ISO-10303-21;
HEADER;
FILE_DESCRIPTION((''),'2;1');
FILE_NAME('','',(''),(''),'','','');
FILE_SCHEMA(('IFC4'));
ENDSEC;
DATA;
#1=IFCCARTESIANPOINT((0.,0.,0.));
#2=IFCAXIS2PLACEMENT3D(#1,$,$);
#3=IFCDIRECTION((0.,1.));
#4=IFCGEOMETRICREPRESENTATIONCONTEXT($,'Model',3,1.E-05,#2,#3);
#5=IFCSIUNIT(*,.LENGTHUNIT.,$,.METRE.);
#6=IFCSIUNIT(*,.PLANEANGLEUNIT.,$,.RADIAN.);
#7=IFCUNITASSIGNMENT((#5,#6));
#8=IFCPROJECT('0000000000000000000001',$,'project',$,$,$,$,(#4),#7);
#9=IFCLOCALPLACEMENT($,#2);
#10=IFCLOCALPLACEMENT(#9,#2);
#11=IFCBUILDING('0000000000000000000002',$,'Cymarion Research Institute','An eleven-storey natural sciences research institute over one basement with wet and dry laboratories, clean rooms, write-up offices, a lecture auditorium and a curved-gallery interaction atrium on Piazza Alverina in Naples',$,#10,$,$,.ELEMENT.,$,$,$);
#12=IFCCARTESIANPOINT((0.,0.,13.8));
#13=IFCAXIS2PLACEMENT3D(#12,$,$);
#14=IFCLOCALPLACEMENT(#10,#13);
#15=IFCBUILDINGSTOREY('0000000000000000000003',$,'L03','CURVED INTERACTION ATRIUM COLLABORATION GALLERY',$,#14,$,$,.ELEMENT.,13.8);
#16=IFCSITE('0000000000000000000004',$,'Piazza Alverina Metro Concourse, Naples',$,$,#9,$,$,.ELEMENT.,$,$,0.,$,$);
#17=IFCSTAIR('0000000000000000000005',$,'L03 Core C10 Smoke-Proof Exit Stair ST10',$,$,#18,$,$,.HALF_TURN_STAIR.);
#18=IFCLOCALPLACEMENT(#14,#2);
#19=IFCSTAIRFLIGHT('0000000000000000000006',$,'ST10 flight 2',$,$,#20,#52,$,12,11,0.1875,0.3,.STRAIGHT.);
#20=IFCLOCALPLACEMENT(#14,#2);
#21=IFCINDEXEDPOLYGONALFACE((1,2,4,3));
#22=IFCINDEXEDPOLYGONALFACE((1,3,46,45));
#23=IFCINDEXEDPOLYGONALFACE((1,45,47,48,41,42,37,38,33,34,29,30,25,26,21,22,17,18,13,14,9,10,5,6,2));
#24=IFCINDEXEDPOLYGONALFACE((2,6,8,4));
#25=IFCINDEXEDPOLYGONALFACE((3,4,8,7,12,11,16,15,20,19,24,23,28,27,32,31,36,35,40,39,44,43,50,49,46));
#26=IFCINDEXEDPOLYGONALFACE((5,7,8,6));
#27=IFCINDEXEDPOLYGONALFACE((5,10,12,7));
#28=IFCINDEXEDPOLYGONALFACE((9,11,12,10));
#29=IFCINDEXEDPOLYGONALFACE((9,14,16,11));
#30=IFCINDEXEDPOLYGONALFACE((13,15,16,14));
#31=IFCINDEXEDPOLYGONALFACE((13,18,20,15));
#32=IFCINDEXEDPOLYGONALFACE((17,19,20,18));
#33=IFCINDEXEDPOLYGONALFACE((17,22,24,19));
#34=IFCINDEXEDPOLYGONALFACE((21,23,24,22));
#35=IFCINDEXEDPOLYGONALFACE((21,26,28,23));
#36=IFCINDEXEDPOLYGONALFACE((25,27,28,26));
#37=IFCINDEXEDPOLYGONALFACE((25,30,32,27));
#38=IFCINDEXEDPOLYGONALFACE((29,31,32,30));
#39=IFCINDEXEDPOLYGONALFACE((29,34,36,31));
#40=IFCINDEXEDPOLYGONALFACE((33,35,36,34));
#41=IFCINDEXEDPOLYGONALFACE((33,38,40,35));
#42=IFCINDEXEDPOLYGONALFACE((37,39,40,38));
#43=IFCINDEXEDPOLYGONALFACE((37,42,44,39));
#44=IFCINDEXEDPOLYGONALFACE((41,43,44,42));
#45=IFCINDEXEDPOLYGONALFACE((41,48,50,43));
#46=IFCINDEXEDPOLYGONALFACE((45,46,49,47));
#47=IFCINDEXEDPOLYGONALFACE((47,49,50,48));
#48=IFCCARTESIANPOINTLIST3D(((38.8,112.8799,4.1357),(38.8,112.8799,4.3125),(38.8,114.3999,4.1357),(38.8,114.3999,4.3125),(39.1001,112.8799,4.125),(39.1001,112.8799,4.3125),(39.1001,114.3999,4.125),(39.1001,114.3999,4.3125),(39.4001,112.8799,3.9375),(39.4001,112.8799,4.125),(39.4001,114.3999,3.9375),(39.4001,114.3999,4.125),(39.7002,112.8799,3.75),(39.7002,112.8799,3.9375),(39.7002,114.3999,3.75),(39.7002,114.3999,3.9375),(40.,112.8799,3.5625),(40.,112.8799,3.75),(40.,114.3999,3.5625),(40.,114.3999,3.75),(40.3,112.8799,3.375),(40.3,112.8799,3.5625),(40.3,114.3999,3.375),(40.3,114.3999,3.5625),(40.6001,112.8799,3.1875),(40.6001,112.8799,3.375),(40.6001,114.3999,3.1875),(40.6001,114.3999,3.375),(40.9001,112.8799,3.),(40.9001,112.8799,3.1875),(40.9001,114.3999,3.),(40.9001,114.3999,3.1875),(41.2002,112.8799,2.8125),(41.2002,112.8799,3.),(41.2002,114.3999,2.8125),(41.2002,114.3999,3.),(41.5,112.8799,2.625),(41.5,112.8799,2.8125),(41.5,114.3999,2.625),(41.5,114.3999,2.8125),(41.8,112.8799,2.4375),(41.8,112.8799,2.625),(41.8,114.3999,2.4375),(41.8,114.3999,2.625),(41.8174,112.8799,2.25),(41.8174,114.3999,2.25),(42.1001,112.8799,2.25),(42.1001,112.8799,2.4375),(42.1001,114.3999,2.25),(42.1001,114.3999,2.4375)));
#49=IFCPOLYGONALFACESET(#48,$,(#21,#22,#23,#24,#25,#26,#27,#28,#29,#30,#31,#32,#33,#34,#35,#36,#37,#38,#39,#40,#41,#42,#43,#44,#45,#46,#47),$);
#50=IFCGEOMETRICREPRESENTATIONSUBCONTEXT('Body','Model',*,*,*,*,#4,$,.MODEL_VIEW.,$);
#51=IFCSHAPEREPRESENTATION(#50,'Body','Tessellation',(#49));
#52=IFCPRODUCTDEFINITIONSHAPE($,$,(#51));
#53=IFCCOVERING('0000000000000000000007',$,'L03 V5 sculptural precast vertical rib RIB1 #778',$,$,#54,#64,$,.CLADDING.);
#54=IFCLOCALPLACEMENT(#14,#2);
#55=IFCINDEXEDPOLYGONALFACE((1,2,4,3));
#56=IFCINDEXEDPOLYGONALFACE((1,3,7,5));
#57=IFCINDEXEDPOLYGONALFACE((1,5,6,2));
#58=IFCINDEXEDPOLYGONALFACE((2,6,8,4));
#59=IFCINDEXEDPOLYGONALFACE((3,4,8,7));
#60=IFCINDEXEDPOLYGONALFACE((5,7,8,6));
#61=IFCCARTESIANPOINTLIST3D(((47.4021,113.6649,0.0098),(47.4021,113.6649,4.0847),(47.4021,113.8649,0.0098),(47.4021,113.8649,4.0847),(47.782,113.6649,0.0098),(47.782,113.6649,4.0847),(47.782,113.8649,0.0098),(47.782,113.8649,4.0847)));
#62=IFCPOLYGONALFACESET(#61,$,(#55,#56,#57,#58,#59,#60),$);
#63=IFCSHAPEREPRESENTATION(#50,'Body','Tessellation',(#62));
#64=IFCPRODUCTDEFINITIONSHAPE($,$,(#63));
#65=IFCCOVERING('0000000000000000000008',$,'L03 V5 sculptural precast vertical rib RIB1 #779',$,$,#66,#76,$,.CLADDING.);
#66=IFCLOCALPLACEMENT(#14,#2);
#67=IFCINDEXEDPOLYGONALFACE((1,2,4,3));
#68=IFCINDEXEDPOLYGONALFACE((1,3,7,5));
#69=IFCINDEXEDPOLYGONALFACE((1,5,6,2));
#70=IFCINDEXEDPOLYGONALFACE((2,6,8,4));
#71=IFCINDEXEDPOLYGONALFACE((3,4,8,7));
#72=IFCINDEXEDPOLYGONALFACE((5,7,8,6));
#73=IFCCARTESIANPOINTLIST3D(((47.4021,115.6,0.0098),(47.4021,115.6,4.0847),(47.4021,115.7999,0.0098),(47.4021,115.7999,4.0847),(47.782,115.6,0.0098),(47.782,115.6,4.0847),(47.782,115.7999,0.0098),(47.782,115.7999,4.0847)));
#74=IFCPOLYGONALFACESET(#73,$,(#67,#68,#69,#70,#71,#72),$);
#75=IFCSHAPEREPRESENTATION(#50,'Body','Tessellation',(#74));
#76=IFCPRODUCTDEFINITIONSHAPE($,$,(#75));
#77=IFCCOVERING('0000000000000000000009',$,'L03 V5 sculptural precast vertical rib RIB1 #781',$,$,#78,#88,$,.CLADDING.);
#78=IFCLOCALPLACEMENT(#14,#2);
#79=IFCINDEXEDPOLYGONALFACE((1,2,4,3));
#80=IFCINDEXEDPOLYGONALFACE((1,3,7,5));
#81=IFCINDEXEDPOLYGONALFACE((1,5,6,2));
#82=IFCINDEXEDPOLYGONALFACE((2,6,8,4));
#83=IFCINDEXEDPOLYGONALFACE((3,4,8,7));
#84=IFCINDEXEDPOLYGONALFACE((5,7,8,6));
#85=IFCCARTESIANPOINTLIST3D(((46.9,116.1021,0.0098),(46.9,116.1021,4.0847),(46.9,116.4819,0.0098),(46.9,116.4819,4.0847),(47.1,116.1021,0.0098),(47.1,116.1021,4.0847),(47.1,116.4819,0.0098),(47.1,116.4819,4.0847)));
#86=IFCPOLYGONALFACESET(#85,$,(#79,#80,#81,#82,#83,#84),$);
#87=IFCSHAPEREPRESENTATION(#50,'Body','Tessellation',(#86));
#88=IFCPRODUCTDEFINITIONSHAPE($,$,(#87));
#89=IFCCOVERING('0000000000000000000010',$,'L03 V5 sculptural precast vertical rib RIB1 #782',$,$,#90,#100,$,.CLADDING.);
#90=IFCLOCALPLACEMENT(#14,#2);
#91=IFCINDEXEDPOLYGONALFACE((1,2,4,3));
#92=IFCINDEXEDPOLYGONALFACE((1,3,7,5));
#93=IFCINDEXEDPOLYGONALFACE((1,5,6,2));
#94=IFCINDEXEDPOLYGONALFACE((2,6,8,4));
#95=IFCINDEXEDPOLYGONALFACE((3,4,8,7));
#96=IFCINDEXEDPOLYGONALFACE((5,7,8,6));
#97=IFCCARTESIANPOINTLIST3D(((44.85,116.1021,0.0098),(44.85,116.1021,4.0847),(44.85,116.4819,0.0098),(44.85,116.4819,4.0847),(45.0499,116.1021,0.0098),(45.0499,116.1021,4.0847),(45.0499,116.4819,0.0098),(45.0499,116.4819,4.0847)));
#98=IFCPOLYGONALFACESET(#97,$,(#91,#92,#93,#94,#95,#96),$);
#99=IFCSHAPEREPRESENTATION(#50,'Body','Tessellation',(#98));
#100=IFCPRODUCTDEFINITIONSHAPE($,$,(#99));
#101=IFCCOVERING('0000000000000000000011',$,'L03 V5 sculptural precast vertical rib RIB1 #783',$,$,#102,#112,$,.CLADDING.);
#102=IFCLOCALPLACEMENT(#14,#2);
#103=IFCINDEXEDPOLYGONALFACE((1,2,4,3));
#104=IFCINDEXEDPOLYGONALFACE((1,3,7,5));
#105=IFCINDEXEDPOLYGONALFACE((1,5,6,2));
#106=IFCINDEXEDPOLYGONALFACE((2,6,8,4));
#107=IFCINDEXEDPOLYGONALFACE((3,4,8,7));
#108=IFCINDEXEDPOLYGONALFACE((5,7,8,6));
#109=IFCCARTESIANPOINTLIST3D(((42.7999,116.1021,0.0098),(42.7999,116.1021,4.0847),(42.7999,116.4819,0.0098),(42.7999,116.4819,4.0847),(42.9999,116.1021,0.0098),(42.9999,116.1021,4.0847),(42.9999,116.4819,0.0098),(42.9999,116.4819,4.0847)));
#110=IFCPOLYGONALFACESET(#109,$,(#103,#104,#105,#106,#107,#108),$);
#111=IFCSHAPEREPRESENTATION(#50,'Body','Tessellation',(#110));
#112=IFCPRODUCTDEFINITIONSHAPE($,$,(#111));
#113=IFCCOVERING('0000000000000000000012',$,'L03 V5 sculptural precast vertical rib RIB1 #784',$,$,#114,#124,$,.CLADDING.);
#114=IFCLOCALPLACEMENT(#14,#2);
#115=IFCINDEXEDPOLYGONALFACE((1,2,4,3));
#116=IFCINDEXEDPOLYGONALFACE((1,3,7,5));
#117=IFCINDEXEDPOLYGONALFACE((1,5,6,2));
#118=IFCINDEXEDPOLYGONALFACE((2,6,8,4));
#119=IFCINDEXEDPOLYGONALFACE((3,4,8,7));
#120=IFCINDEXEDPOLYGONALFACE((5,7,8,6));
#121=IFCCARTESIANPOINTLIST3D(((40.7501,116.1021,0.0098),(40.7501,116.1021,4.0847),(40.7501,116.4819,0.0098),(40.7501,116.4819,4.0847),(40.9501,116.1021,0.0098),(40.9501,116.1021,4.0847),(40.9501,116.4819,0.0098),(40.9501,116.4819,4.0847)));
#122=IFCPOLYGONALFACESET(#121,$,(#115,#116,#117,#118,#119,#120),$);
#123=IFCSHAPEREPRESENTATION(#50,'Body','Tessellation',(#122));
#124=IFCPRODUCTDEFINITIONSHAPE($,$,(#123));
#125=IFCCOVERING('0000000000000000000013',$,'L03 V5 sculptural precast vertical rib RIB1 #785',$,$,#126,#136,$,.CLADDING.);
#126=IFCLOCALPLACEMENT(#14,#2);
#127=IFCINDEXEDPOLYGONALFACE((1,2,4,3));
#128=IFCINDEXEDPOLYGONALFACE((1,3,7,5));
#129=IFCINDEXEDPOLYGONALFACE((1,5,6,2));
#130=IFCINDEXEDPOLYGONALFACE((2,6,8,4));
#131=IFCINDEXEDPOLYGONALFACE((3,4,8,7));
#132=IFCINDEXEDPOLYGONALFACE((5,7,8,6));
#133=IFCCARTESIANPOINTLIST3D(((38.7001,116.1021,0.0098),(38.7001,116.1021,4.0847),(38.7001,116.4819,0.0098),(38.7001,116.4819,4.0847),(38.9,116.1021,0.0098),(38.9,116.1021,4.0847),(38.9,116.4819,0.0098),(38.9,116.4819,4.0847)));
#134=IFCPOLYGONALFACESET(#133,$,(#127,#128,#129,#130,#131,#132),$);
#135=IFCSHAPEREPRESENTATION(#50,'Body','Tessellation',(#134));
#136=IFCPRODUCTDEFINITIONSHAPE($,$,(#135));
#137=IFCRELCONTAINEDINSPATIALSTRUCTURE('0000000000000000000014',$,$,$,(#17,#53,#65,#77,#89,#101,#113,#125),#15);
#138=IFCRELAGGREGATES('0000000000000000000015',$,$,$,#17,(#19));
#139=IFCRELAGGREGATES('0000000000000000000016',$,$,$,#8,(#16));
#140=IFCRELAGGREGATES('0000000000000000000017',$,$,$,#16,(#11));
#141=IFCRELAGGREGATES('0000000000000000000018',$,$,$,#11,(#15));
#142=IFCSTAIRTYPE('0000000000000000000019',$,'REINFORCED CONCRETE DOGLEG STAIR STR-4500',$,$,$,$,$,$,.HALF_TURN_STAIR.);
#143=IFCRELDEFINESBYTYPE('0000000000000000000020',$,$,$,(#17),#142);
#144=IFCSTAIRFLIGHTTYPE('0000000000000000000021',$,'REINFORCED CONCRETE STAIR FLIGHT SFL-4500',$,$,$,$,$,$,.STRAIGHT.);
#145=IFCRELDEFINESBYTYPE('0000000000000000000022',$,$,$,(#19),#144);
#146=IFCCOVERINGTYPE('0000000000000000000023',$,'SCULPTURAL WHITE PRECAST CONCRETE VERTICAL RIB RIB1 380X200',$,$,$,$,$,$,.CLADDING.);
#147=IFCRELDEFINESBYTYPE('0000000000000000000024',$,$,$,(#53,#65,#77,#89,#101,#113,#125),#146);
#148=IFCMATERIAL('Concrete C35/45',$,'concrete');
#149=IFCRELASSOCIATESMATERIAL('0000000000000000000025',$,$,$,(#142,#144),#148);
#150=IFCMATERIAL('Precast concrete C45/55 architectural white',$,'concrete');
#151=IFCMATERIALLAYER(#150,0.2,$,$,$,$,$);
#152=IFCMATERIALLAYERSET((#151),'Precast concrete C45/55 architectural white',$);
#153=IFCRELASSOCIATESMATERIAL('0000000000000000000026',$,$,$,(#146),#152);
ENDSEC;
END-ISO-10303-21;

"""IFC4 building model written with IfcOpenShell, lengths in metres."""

from ifc_helpers import new_model, si_unit, direction, frame, origin, origin_2d, place, context, subcontext, project, spatial, polyline, rectangle, outline, extrude, material, layer, layer_set, type_object, element, aggregate, save


model = new_model("IFC4")

# Units and contexts
model_context = context("Model", 3, precision=1e-05, world=origin(), true_north=direction((0.0, 1.0)))
body_context = subcontext(model_context, "Body", "Model", "MODEL_VIEW")
ifc_project = project(units=[si_unit("LENGTHUNIT", "METRE"), si_unit("PLANEANGLEUNIT", "RADIAN")], contexts=[model_context])

# Site, building, storey
site_placement = place(None, origin())
site = spatial("IfcSite", under=ifc_project, at=site_placement, Name="Piazza Alverina Metro Concourse, Naples", CompositionType="ELEMENT", RefElevation=0.0)
building_placement = place(site_placement, origin())
building = spatial("IfcBuilding", under=site, at=building_placement, Name="Cymarion Research Institute", Description="An eleven-storey natural sciences research institute over one basement with wet and dry laboratories, clean rooms, write-up offices, a lecture auditorium and a curved-gallery interaction atrium on Piazza Alverina in Naples", CompositionType="ELEMENT")
storey_placement = place(building_placement, frame((0.0, 0.0, 13.8)))
storey = spatial("IfcBuildingStorey", under=building, at=storey_placement, Name="L03", Description="CURVED INTERACTION ATRIUM COLLABORATION GALLERY", CompositionType="ELEMENT", Elevation=13.8)

# Stair, stair flight
ifc_material_1 = material(Name="Concrete C35/45", Category="concrete")
stair_type = type_object("IfcStairType", Name="REINFORCED CONCRETE DOGLEG STAIR STR-4500", PredefinedType="HALF_TURN_STAIR", material=ifc_material_1)
stair_placement = place(storey_placement, origin())
stair = element("IfcStair", 1, at=stair_placement, inside=storey, type_object=stair_type, Name="L03 Core C10 Smoke-Proof Exit Stair ST10", PredefinedType="HALF_TURN_STAIR")
stair_flight_type = type_object("IfcStairFlightType", Name="REINFORCED CONCRETE STAIR FLIGHT SFL-4500", PredefinedType="STRAIGHT", material=ifc_material_1)
stair_flight_placement = place(storey_placement, frame((42.1001, 113.6399, 2.25), z_axis=(0.0, 0.0, 1.0), x_axis=(-1.0, 0.0, 0.0)))
stair_flight = element("IfcStairFlight", 2, at=stair_flight_placement, type_object=stair_flight_type, Name="ST10 flight 2", NumberOfRisers=12, NumberOfTreads=11, PredefinedType="STRAIGHT", RiserHeight=0.1875, TreadLength=0.3, context=body_context, shape_type="SweptSolid", body=[
    extrude(outline(polyline([(0.0, 0.0), (0.0, 0.1875), (0.3, 0.1875), (0.3, 0.375), (0.6001, 0.375), (0.6001, 0.5625), (0.8999, 0.5625), (0.8999, 0.75), (1.2, 0.75), (1.2, 0.9375), (1.5, 0.9375), (1.5, 1.125), (1.8, 1.125), (1.8, 1.3125), (2.1001, 1.3125), (2.1001, 1.5), (2.3999, 1.5), (2.3999, 1.6875), (2.7, 1.6875), (2.7, 1.875), (3.0, 1.875), (3.0, 2.0625), (3.3, 2.0625), (3.3, 2.25), (3.3, 1.8857), (0.2827, 0.0), (0.0, 0.0)])), frame((0.0, 0.76, 0.0), z_axis=(0.0, -1.0, 0.0), x_axis=(1.0, 0.0, 0.0)), (0.0, 0.0, 1.0), 1.52),
])
aggregate(stair, [stair_flight])

# Coverings
ifc_material_2 = material(Name="Precast concrete C45/55 architectural white", Category="concrete")
ifc_layer_1 = layer(ifc_material_2, 0.2)
ifc_layer_set_1 = layer_set([ifc_layer_1], Name="Precast concrete C45/55 architectural white")
covering_type = type_object("IfcCoveringType", Name="SCULPTURAL WHITE PRECAST CONCRETE VERTICAL RIB RIB1 380X200", PredefinedType="CLADDING", material=ifc_layer_set_1)
for number, where, z_axis, x_axis, name in (
    (3, (47.592, 113.7649, 0.0098), (0.0, 0.0, 1.0), (1.0, 0.0, 0.0), "L03 V5 sculptural precast vertical rib RIB1 #778"),
    (4, (47.592, 115.7, 0.0098), (0.0, 0.0, 1.0), (1.0, 0.0, 0.0), "L03 V5 sculptural precast vertical rib RIB1 #779"),
    (5, (47.0, 116.292, 0.0098), (0.0, 0.0, 1.0), (0.0, 1.0, 0.0), "L03 V5 sculptural precast vertical rib RIB1 #781"),
    (6, (44.95, 116.292, 0.0098), (0.0, 0.0, 1.0), (0.0, 1.0, 0.0), "L03 V5 sculptural precast vertical rib RIB1 #782"),
    (7, (42.8999, 116.292, 0.0098), (0.0, 0.0, 1.0), (0.0, 1.0, 0.0), "L03 V5 sculptural precast vertical rib RIB1 #783"),
    (8, (40.8501, 116.292, 0.0098), (0.0, 0.0, 1.0), (0.0, 1.0, 0.0), "L03 V5 sculptural precast vertical rib RIB1 #784"),
    (9, (38.8, 116.292, 0.0098), (0.0, 0.0, 1.0), (0.0, 1.0, 0.0), "L03 V5 sculptural precast vertical rib RIB1 #785"),
):
    element("IfcCovering", number, at=place(storey_placement, frame(where, z_axis=z_axis, x_axis=x_axis)), inside=storey, type_object=covering_type, Name=name, PredefinedType="CLADDING", context=body_context, shape_type="SweptSolid", body=[
        extrude(rectangle(XDim=0.3799, YDim=0.2, at=origin_2d()), origin(), (0.0, 0.0, 1.0), 4.075),
    ])

save(model, "model.ifc")
